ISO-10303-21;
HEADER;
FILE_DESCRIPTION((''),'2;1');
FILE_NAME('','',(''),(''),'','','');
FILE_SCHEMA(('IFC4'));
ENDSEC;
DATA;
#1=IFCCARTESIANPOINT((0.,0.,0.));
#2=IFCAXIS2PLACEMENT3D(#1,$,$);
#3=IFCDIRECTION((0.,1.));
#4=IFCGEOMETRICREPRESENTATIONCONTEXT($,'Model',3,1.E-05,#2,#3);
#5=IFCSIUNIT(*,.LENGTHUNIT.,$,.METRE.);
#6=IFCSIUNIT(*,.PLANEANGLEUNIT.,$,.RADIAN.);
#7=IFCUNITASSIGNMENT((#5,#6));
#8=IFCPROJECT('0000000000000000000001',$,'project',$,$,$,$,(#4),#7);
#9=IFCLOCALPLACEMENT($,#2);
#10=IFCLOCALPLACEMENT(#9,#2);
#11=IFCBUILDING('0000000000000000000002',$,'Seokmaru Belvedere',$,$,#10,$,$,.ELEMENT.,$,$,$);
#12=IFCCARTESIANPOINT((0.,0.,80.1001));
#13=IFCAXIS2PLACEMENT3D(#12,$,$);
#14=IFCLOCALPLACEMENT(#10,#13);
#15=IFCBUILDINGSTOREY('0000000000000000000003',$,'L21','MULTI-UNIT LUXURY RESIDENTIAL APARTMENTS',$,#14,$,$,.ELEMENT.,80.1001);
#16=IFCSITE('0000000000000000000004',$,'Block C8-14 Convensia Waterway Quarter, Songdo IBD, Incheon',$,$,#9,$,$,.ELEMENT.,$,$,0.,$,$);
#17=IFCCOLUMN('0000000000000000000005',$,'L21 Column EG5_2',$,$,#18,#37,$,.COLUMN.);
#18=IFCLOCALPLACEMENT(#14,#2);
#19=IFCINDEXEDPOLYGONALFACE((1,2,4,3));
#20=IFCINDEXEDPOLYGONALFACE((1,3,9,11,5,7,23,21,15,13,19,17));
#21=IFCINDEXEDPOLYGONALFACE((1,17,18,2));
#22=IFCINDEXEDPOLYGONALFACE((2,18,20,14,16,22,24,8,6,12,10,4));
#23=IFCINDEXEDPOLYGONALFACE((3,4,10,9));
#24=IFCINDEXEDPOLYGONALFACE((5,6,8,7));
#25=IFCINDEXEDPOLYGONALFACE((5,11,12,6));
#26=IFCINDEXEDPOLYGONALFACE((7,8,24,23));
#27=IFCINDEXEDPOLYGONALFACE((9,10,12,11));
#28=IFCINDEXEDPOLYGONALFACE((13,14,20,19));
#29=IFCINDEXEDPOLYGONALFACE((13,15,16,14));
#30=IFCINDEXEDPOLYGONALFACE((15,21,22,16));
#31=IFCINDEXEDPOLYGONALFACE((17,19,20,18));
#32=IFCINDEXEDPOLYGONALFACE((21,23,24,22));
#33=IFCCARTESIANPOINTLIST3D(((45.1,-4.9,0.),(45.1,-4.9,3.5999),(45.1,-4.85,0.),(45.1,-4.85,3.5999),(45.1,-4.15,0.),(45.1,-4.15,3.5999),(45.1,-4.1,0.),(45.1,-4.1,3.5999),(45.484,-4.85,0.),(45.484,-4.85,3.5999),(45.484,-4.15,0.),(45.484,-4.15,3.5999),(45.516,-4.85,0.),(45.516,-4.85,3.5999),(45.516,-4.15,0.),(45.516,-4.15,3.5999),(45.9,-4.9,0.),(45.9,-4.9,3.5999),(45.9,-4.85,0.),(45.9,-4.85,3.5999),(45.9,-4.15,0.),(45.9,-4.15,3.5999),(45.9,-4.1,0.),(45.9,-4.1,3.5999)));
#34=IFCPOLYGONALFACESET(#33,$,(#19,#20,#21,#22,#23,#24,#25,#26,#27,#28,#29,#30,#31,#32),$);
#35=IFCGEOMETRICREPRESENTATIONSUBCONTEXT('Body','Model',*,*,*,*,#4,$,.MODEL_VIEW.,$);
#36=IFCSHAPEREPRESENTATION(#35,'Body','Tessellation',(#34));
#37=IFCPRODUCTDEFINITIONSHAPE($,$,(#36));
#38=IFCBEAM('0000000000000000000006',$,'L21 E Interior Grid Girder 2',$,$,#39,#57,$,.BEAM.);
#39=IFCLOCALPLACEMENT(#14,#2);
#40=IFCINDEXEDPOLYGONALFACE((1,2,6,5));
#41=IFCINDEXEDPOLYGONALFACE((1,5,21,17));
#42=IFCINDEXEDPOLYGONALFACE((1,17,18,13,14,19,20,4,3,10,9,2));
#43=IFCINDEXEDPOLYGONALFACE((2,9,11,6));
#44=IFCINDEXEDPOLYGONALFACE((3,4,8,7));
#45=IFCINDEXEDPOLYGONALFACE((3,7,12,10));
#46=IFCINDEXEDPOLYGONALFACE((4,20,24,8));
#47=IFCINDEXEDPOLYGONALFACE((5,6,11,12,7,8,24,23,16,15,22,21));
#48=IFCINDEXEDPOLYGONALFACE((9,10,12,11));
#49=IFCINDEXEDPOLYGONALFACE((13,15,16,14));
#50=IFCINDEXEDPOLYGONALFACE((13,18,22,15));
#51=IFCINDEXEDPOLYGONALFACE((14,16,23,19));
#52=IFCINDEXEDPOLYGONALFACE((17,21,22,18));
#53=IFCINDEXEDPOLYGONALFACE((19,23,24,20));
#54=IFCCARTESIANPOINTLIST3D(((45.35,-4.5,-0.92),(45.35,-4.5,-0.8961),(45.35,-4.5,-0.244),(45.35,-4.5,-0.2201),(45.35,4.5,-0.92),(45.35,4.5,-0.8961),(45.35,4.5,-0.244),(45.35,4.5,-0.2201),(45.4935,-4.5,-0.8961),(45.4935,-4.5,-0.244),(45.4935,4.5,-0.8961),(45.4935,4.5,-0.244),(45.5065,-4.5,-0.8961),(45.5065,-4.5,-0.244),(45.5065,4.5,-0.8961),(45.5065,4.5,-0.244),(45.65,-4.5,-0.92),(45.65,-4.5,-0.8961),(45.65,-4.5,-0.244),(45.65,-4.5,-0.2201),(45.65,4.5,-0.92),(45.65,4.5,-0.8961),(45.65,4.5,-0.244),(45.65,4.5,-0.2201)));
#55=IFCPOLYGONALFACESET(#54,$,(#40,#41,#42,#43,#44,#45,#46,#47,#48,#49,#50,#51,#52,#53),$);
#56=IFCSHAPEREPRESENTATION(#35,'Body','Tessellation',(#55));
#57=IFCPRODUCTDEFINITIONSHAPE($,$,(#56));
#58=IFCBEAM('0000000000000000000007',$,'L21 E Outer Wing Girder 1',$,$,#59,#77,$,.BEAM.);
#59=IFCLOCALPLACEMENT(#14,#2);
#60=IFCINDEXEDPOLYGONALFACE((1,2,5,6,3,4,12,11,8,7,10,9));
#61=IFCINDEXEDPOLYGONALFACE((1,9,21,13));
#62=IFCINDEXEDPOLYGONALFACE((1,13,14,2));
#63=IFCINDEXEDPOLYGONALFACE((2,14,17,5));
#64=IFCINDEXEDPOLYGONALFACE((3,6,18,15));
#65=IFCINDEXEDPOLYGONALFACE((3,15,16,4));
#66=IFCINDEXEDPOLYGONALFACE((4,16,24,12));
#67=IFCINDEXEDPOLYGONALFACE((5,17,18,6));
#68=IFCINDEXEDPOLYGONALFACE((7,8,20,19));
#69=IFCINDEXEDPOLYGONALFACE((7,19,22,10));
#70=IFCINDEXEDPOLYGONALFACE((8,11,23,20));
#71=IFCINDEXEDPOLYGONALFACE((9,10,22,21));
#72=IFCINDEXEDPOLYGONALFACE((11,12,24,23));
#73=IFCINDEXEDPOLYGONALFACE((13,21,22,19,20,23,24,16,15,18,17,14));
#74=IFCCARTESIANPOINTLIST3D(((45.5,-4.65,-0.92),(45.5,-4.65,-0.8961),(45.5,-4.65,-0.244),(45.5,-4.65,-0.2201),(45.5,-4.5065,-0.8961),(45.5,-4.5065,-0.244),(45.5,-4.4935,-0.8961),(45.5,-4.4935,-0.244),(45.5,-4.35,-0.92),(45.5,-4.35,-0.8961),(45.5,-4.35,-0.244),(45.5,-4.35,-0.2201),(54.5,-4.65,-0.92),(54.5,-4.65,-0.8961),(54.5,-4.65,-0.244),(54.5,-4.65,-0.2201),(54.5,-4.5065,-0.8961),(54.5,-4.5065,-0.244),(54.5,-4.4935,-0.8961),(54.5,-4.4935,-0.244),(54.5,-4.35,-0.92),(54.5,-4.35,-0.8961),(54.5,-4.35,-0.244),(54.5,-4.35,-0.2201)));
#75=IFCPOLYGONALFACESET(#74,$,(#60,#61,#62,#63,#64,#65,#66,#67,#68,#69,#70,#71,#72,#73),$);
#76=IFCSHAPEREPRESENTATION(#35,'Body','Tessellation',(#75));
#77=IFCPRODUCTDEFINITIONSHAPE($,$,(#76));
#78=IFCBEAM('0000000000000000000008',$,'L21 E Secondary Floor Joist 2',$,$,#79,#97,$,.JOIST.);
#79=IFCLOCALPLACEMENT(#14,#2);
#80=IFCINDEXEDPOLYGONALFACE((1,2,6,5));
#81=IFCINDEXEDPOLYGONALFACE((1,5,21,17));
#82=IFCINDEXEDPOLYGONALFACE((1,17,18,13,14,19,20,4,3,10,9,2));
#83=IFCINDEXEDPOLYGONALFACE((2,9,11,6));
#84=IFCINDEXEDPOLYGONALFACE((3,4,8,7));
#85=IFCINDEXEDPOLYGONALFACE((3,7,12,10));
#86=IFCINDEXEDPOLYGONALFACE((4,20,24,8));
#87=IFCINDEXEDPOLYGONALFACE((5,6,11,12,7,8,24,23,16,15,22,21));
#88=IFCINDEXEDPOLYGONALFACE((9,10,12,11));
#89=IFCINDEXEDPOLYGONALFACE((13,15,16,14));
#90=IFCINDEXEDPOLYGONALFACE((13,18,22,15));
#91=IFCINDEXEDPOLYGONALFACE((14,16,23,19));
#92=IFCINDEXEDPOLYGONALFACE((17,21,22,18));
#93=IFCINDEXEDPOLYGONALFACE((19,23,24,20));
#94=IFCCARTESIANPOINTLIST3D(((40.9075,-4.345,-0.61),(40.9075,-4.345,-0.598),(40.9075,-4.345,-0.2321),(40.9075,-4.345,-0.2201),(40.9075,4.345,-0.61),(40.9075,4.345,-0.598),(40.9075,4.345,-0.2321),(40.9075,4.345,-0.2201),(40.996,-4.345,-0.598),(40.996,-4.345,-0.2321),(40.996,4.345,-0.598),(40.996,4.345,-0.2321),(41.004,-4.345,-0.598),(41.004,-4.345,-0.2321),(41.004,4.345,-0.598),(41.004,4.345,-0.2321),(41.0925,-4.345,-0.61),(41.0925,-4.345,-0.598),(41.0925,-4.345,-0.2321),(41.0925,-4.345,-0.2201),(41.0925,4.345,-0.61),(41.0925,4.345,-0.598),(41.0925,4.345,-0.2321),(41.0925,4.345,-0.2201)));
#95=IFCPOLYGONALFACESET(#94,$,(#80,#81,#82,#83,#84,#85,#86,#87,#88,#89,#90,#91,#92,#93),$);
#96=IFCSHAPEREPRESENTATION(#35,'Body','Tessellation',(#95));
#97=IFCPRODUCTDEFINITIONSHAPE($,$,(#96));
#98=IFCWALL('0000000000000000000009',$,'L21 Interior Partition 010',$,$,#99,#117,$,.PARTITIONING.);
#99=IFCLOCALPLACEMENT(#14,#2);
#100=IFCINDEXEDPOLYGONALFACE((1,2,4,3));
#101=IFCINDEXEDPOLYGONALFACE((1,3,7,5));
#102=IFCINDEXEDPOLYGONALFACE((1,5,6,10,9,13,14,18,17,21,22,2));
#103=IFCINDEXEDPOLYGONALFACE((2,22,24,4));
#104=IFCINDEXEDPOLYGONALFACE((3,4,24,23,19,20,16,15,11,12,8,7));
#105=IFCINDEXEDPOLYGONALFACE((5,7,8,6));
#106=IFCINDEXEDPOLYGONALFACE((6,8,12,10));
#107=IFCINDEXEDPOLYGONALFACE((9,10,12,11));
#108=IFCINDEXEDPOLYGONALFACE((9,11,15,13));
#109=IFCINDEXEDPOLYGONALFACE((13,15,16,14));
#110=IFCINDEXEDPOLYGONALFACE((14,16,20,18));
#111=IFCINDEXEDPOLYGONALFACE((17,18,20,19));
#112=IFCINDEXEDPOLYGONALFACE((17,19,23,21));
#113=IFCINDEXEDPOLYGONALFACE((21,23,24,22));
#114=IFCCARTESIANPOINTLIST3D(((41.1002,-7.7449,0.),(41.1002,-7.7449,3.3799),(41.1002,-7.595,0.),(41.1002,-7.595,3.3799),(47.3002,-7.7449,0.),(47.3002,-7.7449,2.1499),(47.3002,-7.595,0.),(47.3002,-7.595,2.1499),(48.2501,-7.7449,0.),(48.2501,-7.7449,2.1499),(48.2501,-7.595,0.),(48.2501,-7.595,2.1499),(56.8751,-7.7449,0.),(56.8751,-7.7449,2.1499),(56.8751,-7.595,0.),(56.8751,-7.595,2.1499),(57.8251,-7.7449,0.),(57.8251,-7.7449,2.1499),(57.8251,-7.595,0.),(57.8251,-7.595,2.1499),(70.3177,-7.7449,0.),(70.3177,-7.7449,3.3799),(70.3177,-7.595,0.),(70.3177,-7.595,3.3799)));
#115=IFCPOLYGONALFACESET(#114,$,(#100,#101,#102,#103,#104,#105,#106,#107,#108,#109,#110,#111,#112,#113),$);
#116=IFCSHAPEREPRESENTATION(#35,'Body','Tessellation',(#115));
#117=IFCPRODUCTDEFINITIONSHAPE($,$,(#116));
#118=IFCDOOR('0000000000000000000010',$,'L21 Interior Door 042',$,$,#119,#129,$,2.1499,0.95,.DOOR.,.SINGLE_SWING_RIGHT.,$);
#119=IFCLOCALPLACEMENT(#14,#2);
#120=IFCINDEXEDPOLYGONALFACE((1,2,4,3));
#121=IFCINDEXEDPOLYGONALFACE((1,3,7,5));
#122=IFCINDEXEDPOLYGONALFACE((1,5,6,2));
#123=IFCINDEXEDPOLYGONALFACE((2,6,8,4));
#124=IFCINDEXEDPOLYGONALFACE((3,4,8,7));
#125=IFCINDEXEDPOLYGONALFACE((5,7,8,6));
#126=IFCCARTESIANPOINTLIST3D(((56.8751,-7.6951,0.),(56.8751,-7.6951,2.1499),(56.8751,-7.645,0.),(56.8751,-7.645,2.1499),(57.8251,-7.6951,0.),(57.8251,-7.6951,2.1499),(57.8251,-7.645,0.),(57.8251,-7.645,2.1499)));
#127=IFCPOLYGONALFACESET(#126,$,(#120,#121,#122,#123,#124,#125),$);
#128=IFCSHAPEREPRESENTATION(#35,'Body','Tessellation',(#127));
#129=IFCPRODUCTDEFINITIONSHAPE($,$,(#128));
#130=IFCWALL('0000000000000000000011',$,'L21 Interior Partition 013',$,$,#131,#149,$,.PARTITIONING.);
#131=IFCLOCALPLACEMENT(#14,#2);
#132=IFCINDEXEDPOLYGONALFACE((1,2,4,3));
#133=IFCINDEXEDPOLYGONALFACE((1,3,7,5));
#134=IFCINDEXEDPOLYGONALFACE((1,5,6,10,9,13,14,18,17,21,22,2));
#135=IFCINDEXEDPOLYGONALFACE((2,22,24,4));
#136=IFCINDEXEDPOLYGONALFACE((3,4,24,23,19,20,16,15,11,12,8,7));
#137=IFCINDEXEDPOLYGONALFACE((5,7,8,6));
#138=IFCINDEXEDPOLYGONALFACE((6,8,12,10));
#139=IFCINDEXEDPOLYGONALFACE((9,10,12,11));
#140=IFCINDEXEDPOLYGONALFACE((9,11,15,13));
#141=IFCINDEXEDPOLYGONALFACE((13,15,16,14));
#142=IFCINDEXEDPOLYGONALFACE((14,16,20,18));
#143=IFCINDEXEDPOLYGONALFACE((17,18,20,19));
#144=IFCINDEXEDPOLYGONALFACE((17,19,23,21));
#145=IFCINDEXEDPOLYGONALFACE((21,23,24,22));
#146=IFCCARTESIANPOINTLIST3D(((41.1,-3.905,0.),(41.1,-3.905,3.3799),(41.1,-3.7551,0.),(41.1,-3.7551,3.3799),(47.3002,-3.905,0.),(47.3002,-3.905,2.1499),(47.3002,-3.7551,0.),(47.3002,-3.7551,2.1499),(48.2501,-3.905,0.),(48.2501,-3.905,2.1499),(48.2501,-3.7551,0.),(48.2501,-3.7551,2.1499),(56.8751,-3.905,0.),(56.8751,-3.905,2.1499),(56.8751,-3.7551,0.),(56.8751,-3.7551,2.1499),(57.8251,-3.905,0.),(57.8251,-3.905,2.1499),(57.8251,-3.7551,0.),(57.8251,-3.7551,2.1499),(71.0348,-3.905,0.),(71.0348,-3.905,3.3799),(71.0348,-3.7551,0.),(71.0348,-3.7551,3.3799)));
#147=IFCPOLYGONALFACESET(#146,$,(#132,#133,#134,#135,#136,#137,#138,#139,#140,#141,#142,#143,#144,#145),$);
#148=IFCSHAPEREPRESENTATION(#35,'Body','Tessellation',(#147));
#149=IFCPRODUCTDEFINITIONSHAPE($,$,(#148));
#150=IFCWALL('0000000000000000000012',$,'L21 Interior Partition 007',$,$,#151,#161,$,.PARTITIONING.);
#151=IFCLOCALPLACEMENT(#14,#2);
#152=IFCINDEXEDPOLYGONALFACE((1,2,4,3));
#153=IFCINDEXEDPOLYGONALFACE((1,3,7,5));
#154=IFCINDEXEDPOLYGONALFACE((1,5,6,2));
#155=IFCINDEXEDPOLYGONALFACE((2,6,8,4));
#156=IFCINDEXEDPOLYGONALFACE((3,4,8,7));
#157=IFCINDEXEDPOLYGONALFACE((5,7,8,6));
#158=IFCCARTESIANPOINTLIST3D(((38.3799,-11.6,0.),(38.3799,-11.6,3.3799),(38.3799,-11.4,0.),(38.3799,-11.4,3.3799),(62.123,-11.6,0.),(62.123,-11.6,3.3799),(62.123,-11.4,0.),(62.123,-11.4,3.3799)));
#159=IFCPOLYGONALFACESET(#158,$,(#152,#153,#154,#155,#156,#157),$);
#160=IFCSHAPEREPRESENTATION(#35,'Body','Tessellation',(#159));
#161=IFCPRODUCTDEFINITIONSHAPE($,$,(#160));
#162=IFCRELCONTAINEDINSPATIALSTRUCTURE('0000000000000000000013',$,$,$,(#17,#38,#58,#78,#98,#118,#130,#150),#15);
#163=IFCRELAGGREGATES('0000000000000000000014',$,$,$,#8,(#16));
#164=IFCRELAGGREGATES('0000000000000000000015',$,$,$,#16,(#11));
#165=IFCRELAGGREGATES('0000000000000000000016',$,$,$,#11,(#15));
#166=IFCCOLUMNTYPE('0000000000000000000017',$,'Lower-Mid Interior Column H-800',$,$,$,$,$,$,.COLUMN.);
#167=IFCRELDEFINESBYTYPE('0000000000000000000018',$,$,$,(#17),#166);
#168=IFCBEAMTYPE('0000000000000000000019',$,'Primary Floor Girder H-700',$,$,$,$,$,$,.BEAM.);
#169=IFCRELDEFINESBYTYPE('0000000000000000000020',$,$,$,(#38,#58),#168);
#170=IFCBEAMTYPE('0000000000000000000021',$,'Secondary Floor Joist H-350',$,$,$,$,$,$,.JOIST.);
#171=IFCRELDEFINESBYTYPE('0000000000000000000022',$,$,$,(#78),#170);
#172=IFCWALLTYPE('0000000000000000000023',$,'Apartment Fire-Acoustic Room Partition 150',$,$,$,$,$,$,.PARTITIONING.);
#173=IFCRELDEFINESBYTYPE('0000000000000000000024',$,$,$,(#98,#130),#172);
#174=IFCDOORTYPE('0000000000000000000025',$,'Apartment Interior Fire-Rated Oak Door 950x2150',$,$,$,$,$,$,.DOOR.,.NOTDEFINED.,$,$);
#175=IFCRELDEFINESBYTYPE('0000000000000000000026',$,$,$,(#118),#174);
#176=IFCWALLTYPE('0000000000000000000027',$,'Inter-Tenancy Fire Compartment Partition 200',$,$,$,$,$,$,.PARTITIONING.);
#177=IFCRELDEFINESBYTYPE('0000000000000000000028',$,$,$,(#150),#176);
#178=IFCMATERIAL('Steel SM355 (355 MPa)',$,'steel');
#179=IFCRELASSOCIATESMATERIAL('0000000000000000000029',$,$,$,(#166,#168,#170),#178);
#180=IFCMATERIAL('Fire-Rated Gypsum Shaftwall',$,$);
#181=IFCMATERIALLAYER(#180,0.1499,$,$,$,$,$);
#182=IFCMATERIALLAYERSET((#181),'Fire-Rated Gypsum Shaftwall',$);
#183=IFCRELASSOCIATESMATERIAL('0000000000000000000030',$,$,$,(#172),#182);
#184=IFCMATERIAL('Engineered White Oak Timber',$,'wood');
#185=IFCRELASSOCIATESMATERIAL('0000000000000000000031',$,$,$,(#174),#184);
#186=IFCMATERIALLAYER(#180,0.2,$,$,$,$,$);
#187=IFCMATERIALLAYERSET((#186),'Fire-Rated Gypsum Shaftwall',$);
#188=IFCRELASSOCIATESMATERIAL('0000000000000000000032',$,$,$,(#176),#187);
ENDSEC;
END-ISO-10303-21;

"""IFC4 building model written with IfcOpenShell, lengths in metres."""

from ifc_helpers import new_model, si_unit, direction, frame, frame_2d, origin, origin_2d, place, context, subcontext, project, spatial, rectangle, i_section, extrude, source, transform, mapped, material, layer, layer_set, material_profile, profile_set, type_object, type_shapes, element, fill, save


model = new_model("IFC4")

# Units and contexts
model_context = context("Model", 3, precision=1e-05, world=origin(), true_north=direction((0.0, 1.0)))
body_context = subcontext(model_context, "Body", "Model", "MODEL_VIEW")
ifc_project = project(units=[si_unit("LENGTHUNIT", "METRE"), si_unit("PLANEANGLEUNIT", "RADIAN")], contexts=[model_context])

# Site, building, storey
site_placement = place(None, origin())
site = spatial("IfcSite", under=ifc_project, at=site_placement, Name="Block C8-14 Convensia Waterway Quarter, Songdo IBD, Incheon", CompositionType="ELEMENT", RefElevation=0.0)
building_placement = place(site_placement, origin())
building = spatial("IfcBuilding", under=site, at=building_placement, Name="Seokmaru Belvedere", CompositionType="ELEMENT")
storey_placement = place(building_placement, frame((0.0, 0.0, 80.1001)))
storey = spatial("IfcBuildingStorey", under=building, at=storey_placement, Name="L21", Description="MULTI-UNIT LUXURY RESIDENTIAL APARTMENTS", CompositionType="ELEMENT", Elevation=80.1001)

# Column
ifc_material_1 = material(Name="Steel SM355 (355 MPa)", Category="steel")
ifc_material_profile_1 = material_profile(ifc_material_1, i_section(OverallWidth=0.8, OverallDepth=0.8, WebThickness=0.032, FlangeThickness=0.05, at=origin_2d()), Name="H-800x800x32x50")
ifc_profile_set_1 = profile_set([ifc_material_profile_1], Name="Steel SM355 (355 MPa)")
column_type = type_object("IfcColumnType", Name="Lower-Mid Interior Column H-800", PredefinedType="COLUMN", material=ifc_profile_set_1)
shared_shape_1 = source(origin(), body_context, "Body", "SweptSolid", [
    extrude(i_section(OverallWidth=0.8, OverallDepth=0.8, WebThickness=0.032, FlangeThickness=0.05, at=origin_2d()), origin(), (0.0, 0.0, 1.0), 3.5999),
])
type_shapes(column_type, [shared_shape_1])
column_placement = place(storey_placement, frame((45.5, -4.5, 0.0), z_axis=(0.0, 0.0, 1.0), x_axis=(1.0, 0.0, 0.0)))
element("IfcColumn", 1, at=column_placement, inside=storey, type_object=column_type, Name="L21 Column EG5_2", PredefinedType="COLUMN", context=body_context, shape_type="MappedRepresentation", body=[
    mapped(shared_shape_1, transform((0.0, 0.0, 0.0), scale=1.0)),
])

# Beams
ifc_material_profile_2 = material_profile(ifc_material_1, i_section(OverallWidth=0.3, OverallDepth=0.7, WebThickness=0.0129, FlangeThickness=0.0239, at=origin_2d()), Name="H-700x300x13x24")
ifc_profile_set_2 = profile_set([ifc_material_profile_2], Name="Steel SM355 (355 MPa)")
beam_type_1 = type_object("IfcBeamType", Name="Primary Floor Girder H-700", PredefinedType="BEAM", material=ifc_profile_set_2)
shared_shape_2 = source(origin(), body_context, "Body", "SweptSolid", [
    extrude(i_section(OverallWidth=0.3, OverallDepth=0.7, WebThickness=0.0129, FlangeThickness=0.0239, at=origin_2d()), origin(), (0.0, 0.0, 1.0), 9.0),
])
type_shapes(beam_type_1, [shared_shape_2])
for number, where, z_axis, x_axis, name in (
    (2, (45.5, -4.5, -0.5701), (0.0, 1.0, 0.0), (-1.0, 0.0, 0.0), "L21 E Interior Grid Girder 2"),
    (3, (45.5, -4.5, -0.5701), (1.0, 0.0, 0.0), (0.0, 1.0, 0.0), "L21 E Outer Wing Girder 1"),
):
    element("IfcBeam", number, at=place(storey_placement, frame(where, z_axis=z_axis, x_axis=x_axis)), inside=storey, type_object=beam_type_1, Name=name, PredefinedType="BEAM", context=body_context, shape_type="MappedRepresentation", body=[
        mapped(shared_shape_2, transform((0.0, 0.0, 0.0), scale=1.0)),
    ])
ifc_material_profile_3 = material_profile(ifc_material_1, i_section(OverallWidth=0.1851, OverallDepth=0.3899, WebThickness=0.0081, FlangeThickness=0.012, at=origin_2d()), Name="H-390x185x8x12")
ifc_profile_set_3 = profile_set([ifc_material_profile_3], Name="Steel SM355 (355 MPa)")
beam_type_2 = type_object("IfcBeamType", Name="Secondary Floor Joist H-350", PredefinedType="JOIST", material=ifc_profile_set_3)
shared_shape_3 = source(origin(), body_context, "Body", "SweptSolid", [
    extrude(i_section(OverallWidth=0.1851, OverallDepth=0.3899, WebThickness=0.0081, FlangeThickness=0.012, at=origin_2d()), origin(), (0.0, 0.0, 1.0), 8.6899),
])
type_shapes(beam_type_2, [shared_shape_3])
beam_placement = place(storey_placement, frame((41.0, -4.345, -0.415), z_axis=(0.0, 1.0, 0.0), x_axis=(-1.0, 0.0, 0.0)))
element("IfcBeam", 4, at=beam_placement, inside=storey, type_object=beam_type_2, Name="L21 E Secondary Floor Joist 2", PredefinedType="JOIST", context=body_context, shape_type="MappedRepresentation", body=[
    mapped(shared_shape_3, transform((0.0, 0.0, 0.0), scale=1.0)),
])

# Wall, openings, door
ifc_material_2 = material(Name="Fire-Rated Gypsum Shaftwall")
ifc_layer_1 = layer(ifc_material_2, 0.1499)
ifc_layer_set_1 = layer_set([ifc_layer_1], Name="Fire-Rated Gypsum Shaftwall")
wall_type_1 = type_object("IfcWallType", Name="Apartment Fire-Acoustic Room Partition 150", PredefinedType="PARTITIONING", material=ifc_layer_set_1)
wall_1_placement = place(storey_placement, frame((41.1001, -7.6699, 0.0), z_axis=(0.0, 0.0, 1.0), x_axis=(1.0, 0.0, 0.0)))
wall_1 = element("IfcWall", 5, at=wall_1_placement, inside=storey, type_object=wall_type_1, Name="L21 Interior Partition 010", PredefinedType="PARTITIONING", context=body_context, shape_type="SweptSolid", body=[
    extrude(rectangle(XDim=29.2175, YDim=0.1499, at=frame_2d((14.6089, 0.0))), origin(), (0.0, 0.0, 1.0), 3.3799),
])
opening_1_placement = place(wall_1_placement, frame((6.2, 0.0, 0.0)))
element("IfcOpeningElement", 6, at=opening_1_placement, cuts=wall_1, PredefinedType="OPENING", context=body_context, shape_type="SweptSolid", body=[
    extrude(rectangle(XDim=0.95, YDim=2.1499, at=frame_2d((0.4751, 1.075))), frame((0.0, 0.085, 0.0), z_axis=(0.0, -1.0, 0.0), x_axis=(1.0, 0.0, 0.0)), (0.0, 0.0, 1.0), 0.1699),
])
opening_2_placement = place(wall_1_placement, frame((15.7749, 0.0, 0.0)))
opening_2 = element("IfcOpeningElement", 7, at=opening_2_placement, cuts=wall_1, PredefinedType="OPENING", context=body_context, shape_type="SweptSolid", body=[
    extrude(rectangle(XDim=0.95, YDim=2.1499, at=frame_2d((0.4751, 1.075))), frame((0.0, 0.085, 0.0), z_axis=(0.0, -1.0, 0.0), x_axis=(1.0, 0.0, 0.0)), (0.0, 0.0, 1.0), 0.1699),
])
ifc_material_3 = material(Name="Engineered White Oak Timber", Category="wood")
door_type_1 = type_object("IfcDoorType", Name="Apartment Interior Fire-Rated Oak Door 950x2150", OperationType="NOTDEFINED", PredefinedType="DOOR", material=ifc_material_3)
shared_shape_4 = source(origin(), body_context, "Body", "SweptSolid", [
    extrude(rectangle(XDim=0.95, YDim=2.1499, at=frame_2d((0.4751, 1.075))), frame((0.0, 0.0249, 0.0), z_axis=(0.0, -1.0, 0.0), x_axis=(1.0, 0.0, 0.0)), (0.0, 0.0, 1.0), 0.05),
])
type_shapes(door_type_1, [shared_shape_4])
door_1_placement = place(opening_2_placement, origin())
door_1 = element("IfcDoor", 8, at=door_1_placement, inside=storey, type_object=door_type_1, Name="L21 Interior Door 042", OperationType="SINGLE_SWING_RIGHT", OverallHeight=2.1499, OverallWidth=0.95, PredefinedType="DOOR", context=body_context, shape_type="MappedRepresentation", body=[
    mapped(shared_shape_4, transform((0.0, 0.0, 0.0), scale=1.0)),
])
fill(opening_2, door_1)

# Wall, openings
wall_2_placement = place(storey_placement, frame((41.1001, -3.8301, 0.0), z_axis=(0.0, 0.0, 1.0), x_axis=(1.0, 0.0, 0.0)))
wall_2 = element("IfcWall", 9, at=wall_2_placement, inside=storey, type_object=wall_type_1, Name="L21 Interior Partition 013", PredefinedType="PARTITIONING", context=body_context, shape_type="SweptSolid", body=[
    extrude(rectangle(XDim=29.9348, YDim=0.1499, at=frame_2d((14.9673, 0.0))), origin(), (0.0, 0.0, 1.0), 3.3799),
])
opening_3_placement = place(wall_2_placement, frame((6.2, 0.0, 0.0)))
element("IfcOpeningElement", 10, at=opening_3_placement, cuts=wall_2, PredefinedType="OPENING", context=body_context, shape_type="SweptSolid", body=[
    extrude(rectangle(XDim=0.95, YDim=2.1499, at=frame_2d((0.4751, 1.075))), frame((0.0, 0.085, 0.0), z_axis=(0.0, -1.0, 0.0), x_axis=(1.0, 0.0, 0.0)), (0.0, 0.0, 1.0), 0.1699),
])
opening_4_placement = place(wall_2_placement, frame((15.7749, 0.0, 0.0)))
element("IfcOpeningElement", 11, at=opening_4_placement, cuts=wall_2, PredefinedType="OPENING", context=body_context, shape_type="SweptSolid", body=[
    extrude(rectangle(XDim=0.95, YDim=2.1499, at=frame_2d((0.4751, 1.075))), frame((0.0, 0.085, 0.0), z_axis=(0.0, -1.0, 0.0), x_axis=(1.0, 0.0, 0.0)), (0.0, 0.0, 1.0), 0.1699),
])

# Wall
ifc_layer_2 = layer(ifc_material_2, 0.2)
ifc_layer_set_2 = layer_set([ifc_layer_2], Name="Fire-Rated Gypsum Shaftwall")
wall_type_2 = type_object("IfcWallType", Name="Inter-Tenancy Fire Compartment Partition 200", PredefinedType="PARTITIONING", material=ifc_layer_set_2)
wall_3_placement = place(storey_placement, frame((38.3799, -11.5, 0.0), z_axis=(0.0, 0.0, 1.0), x_axis=(1.0, 0.0, 0.0)))
element("IfcWall", 12, at=wall_3_placement, inside=storey, type_object=wall_type_2, Name="L21 Interior Partition 007", PredefinedType="PARTITIONING", context=body_context, shape_type="SweptSolid", body=[
    extrude(rectangle(XDim=23.7432, YDim=0.2, at=frame_2d((11.8716, 0.0))), origin(), (0.0, 0.0, 1.0), 3.3799),
])

save(model, "model.ifc")
